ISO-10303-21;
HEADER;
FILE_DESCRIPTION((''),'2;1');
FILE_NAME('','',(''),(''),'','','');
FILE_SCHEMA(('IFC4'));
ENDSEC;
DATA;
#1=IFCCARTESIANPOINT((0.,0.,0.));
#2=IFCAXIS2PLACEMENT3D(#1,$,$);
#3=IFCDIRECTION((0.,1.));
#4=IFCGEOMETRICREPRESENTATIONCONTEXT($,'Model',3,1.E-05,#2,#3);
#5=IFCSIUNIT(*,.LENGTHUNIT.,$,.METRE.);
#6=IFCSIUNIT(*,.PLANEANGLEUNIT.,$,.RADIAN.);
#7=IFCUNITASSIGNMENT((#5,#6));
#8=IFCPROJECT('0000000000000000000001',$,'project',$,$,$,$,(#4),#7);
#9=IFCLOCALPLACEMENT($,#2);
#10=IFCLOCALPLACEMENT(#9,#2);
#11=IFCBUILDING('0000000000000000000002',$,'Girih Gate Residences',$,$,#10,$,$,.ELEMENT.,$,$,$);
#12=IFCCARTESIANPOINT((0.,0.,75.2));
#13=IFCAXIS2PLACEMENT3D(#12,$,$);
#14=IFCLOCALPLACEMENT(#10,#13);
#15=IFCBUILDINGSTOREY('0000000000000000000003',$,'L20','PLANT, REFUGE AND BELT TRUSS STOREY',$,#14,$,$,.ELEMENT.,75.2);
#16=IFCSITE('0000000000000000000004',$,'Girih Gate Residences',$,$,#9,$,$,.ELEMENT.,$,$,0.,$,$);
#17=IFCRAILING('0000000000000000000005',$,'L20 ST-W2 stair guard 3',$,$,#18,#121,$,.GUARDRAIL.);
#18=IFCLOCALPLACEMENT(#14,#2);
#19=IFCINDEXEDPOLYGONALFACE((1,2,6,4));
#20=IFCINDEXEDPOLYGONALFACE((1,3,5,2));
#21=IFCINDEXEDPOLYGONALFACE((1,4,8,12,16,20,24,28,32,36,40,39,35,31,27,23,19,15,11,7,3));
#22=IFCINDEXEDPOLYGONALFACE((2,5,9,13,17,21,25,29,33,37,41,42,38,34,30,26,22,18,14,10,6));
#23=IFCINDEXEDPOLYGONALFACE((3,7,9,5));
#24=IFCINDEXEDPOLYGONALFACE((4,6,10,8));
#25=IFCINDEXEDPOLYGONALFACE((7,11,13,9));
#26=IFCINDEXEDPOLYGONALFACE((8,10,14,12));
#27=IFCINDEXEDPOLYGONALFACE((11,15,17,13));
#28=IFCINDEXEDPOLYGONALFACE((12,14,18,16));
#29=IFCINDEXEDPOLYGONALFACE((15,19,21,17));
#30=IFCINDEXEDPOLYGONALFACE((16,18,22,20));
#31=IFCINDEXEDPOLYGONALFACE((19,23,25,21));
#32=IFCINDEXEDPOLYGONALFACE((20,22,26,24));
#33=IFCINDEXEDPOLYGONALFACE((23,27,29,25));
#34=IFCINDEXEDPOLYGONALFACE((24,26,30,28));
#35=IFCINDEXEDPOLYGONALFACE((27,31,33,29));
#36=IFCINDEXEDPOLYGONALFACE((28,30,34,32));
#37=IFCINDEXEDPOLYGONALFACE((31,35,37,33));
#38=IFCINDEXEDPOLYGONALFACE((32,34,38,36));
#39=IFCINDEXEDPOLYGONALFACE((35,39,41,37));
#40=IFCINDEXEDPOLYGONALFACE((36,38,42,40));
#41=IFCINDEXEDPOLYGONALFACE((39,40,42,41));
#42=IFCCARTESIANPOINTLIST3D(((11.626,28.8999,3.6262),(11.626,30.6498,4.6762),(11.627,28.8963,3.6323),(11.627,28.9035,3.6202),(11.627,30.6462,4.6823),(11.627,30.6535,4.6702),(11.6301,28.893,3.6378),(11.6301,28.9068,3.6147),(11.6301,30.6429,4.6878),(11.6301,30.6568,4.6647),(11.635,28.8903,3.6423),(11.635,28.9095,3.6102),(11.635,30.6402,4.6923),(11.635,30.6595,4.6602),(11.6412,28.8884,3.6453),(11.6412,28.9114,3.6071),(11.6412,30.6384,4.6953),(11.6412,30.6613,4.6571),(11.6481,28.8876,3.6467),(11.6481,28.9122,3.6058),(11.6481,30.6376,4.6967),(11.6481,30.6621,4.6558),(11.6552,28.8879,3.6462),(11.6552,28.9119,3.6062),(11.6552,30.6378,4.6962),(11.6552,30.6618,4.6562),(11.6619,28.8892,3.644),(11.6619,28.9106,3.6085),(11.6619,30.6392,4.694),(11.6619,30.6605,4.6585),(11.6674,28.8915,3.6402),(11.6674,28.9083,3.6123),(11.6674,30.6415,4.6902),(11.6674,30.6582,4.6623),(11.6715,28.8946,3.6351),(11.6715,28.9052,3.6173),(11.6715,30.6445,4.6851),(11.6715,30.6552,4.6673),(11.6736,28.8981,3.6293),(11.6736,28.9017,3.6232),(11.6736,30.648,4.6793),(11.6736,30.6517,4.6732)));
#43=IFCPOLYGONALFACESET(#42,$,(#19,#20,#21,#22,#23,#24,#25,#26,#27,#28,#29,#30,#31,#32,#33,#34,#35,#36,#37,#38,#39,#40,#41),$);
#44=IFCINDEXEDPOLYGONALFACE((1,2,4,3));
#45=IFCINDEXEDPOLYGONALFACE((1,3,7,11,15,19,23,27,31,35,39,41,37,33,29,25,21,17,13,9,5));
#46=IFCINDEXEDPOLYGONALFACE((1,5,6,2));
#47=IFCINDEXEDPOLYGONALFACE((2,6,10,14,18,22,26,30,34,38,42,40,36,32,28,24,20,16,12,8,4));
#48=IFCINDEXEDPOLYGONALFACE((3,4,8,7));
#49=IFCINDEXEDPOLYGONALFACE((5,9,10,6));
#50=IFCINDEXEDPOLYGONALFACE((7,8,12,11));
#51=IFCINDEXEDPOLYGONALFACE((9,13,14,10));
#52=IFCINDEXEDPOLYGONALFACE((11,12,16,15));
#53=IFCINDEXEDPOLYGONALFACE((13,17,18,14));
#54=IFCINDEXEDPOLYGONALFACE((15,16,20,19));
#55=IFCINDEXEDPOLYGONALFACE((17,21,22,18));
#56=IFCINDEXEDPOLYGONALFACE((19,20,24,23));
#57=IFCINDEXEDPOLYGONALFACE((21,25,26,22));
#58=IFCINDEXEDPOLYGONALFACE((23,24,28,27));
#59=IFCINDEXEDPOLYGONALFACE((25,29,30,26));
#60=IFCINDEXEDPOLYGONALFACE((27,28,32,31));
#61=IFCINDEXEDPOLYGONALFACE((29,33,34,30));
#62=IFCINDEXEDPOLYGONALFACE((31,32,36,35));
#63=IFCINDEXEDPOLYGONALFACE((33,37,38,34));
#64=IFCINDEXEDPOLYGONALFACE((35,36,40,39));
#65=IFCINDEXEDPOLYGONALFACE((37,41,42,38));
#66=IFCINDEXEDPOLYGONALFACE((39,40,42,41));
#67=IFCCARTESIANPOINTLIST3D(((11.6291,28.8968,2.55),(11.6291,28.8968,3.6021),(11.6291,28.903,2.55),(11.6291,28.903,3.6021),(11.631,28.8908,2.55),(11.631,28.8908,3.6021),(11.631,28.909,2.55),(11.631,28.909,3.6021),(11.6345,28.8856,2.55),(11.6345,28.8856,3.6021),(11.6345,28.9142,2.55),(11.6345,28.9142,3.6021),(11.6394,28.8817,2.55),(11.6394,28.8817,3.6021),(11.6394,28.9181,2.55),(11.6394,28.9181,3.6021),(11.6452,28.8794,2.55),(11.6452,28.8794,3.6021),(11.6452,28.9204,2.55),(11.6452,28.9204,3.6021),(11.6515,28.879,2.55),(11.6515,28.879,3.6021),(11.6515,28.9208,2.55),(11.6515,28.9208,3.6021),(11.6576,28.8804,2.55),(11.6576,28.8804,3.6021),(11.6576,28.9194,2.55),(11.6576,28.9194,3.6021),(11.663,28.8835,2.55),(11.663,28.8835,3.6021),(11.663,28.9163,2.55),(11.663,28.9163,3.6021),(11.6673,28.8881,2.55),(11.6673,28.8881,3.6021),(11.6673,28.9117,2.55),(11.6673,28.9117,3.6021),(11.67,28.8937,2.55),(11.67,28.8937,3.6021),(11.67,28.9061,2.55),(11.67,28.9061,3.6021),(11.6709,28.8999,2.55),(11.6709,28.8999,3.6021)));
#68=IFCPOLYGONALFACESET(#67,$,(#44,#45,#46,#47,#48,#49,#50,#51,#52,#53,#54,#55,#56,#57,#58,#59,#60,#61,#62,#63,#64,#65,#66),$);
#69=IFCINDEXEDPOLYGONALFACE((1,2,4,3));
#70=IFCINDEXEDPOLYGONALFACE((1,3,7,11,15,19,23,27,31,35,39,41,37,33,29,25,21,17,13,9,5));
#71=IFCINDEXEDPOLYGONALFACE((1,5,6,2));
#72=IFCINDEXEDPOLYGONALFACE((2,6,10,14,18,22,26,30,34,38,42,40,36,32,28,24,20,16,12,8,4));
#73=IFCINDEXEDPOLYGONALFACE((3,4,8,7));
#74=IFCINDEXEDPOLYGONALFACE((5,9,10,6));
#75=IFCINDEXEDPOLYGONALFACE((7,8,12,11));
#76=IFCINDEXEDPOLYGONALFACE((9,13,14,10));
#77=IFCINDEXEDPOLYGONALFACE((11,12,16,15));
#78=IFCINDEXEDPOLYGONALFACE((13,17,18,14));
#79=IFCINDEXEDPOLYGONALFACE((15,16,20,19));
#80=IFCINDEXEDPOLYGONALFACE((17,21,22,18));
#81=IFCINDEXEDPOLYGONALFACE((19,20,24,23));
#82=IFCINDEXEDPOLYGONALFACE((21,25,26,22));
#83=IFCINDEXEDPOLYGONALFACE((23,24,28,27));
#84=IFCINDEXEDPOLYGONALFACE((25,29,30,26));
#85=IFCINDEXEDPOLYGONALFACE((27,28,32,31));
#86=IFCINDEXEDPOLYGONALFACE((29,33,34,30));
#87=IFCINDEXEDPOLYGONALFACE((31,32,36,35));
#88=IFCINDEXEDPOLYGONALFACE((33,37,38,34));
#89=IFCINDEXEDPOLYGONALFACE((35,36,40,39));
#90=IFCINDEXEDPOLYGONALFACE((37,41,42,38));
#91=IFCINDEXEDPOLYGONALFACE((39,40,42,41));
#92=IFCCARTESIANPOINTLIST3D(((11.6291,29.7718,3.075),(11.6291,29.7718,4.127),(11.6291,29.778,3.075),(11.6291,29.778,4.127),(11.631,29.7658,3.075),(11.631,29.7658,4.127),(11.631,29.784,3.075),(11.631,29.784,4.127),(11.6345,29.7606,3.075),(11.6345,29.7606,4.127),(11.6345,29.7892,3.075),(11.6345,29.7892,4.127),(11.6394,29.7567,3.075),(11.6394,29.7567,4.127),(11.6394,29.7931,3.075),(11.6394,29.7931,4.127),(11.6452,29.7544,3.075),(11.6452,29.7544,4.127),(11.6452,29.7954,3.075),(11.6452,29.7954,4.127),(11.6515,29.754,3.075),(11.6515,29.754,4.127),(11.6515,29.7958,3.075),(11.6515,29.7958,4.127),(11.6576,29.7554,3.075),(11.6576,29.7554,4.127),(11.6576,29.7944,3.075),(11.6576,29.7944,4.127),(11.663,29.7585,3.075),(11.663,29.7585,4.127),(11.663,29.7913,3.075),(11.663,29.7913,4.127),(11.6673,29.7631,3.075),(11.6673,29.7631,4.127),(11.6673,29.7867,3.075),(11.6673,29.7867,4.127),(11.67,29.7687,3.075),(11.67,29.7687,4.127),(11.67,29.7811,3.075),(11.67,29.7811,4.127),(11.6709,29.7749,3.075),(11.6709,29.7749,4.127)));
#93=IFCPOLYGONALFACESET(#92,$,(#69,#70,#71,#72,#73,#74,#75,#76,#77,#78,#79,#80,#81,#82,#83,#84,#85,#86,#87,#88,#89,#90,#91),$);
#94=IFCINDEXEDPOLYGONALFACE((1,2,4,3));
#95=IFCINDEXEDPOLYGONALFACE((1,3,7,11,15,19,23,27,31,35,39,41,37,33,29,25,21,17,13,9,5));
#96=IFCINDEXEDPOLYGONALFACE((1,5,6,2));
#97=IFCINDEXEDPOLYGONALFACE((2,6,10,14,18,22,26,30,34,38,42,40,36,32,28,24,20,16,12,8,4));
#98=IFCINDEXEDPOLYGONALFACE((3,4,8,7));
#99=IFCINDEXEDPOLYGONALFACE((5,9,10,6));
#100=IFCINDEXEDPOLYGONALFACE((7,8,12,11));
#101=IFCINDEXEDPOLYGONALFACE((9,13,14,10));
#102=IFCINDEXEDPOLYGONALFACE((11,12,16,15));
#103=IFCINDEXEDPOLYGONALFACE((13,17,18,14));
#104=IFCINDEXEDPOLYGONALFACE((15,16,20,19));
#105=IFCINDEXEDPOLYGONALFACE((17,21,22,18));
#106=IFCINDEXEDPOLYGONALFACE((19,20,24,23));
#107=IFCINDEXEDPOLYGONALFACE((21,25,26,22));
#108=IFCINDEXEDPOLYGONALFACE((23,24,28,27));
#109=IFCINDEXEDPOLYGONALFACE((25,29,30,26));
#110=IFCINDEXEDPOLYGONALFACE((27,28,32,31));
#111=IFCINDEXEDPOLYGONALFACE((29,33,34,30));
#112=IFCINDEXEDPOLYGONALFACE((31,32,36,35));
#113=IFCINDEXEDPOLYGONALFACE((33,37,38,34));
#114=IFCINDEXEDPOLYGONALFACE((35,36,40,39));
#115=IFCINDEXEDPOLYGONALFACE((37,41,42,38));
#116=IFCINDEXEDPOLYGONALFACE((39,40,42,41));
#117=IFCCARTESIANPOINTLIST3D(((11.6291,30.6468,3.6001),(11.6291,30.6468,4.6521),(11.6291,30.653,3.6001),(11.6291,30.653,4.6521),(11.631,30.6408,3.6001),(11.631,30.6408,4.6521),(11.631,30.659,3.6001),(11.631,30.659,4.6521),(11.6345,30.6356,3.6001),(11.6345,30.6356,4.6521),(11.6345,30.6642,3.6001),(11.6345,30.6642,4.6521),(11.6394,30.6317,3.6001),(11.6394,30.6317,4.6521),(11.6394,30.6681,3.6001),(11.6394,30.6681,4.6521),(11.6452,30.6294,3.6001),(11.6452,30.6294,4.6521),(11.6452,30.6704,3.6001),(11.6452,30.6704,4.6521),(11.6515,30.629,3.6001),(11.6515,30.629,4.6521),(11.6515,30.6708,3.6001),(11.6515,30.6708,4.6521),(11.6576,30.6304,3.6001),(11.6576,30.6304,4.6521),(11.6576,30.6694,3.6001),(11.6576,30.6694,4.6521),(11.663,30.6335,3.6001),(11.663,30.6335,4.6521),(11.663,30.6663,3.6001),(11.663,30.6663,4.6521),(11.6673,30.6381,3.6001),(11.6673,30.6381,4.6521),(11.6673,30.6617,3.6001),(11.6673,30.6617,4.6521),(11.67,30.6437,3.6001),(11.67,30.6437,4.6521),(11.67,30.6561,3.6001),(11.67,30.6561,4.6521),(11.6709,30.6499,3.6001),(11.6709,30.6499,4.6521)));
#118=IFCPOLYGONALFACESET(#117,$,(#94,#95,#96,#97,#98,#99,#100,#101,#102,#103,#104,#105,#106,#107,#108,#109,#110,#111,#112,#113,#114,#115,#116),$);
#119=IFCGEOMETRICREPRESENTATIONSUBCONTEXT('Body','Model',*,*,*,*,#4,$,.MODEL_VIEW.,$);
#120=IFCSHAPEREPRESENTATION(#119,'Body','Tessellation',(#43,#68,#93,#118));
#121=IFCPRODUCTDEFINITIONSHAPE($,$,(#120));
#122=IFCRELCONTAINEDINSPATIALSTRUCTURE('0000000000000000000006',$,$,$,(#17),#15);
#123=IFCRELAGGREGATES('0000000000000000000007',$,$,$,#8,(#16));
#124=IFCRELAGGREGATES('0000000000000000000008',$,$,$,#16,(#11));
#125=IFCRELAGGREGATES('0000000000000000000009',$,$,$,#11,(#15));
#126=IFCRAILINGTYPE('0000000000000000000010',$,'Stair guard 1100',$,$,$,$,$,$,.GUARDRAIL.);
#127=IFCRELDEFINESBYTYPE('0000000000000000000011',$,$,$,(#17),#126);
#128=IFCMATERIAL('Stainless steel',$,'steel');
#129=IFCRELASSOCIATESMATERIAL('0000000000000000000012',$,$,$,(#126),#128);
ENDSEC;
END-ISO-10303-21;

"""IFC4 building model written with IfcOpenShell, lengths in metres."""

from ifc_helpers import new_model, si_unit, direction, frame, origin, origin_2d, place, context, subcontext, project, spatial, circle, extrude, material, type_object, element, save


model = new_model("IFC4")

# Units and contexts
model_context = context("Model", 3, precision=1e-05, world=origin(), true_north=direction((0.0, 1.0)))
body_context = subcontext(model_context, "Body", "Model", "MODEL_VIEW")
ifc_project = project(units=[si_unit("LENGTHUNIT", "METRE"), si_unit("PLANEANGLEUNIT", "RADIAN")], contexts=[model_context])

# Site, building, storey
site_placement = place(None, origin())
site = spatial("IfcSite", under=ifc_project, at=site_placement, Name="Girih Gate Residences", CompositionType="ELEMENT", RefElevation=0.0)
building_placement = place(site_placement, origin())
building = spatial("IfcBuilding", under=site, at=building_placement, Name="Girih Gate Residences", CompositionType="ELEMENT")
storey_placement = place(building_placement, frame((0.0, 0.0, 75.2)))
storey = spatial("IfcBuildingStorey", under=building, at=storey_placement, Name="L20", Description="PLANT, REFUGE AND BELT TRUSS STOREY", CompositionType="ELEMENT", Elevation=75.2)

# Railing
ifc_material_1 = material(Name="Stainless steel", Category="steel")
railing_type_1 = type_object("IfcRailingType", Name="Stair guard 1100", PredefinedType="GUARDRAIL", material=ifc_material_1)
railing_1_placement = place(storey_placement, frame((11.6499, 28.8999, 2.55)))
element("IfcRailing", 1, at=railing_1_placement, inside=storey, type_object=railing_type_1, Name="L20 ST-W2 stair guard 3", PredefinedType="GUARDRAIL", context=body_context, shape_type="SweptSolid", body=[
    extrude(circle(Radius=0.0239, at=origin_2d()), frame((0.0, 0.0, 1.0762), z_axis=(0.0, 0.857482, 0.514513), x_axis=(-1.0, 0.0, 0.0)), (0.0, 0.0, 1.0), 2.0408),
    extrude(circle(Radius=0.021, at=origin_2d()), origin(), (0.0, 0.0, 1.0), 1.052),
    extrude(circle(Radius=0.021, at=origin_2d()), frame((0.0, 0.875, 0.5249)), (0.0, 0.0, 1.0), 1.052),
    extrude(circle(Radius=0.021, at=origin_2d()), frame((0.0, 1.75, 1.05)), (0.0, 0.0, 1.0), 1.052),
])

save(model, "model.ifc")
